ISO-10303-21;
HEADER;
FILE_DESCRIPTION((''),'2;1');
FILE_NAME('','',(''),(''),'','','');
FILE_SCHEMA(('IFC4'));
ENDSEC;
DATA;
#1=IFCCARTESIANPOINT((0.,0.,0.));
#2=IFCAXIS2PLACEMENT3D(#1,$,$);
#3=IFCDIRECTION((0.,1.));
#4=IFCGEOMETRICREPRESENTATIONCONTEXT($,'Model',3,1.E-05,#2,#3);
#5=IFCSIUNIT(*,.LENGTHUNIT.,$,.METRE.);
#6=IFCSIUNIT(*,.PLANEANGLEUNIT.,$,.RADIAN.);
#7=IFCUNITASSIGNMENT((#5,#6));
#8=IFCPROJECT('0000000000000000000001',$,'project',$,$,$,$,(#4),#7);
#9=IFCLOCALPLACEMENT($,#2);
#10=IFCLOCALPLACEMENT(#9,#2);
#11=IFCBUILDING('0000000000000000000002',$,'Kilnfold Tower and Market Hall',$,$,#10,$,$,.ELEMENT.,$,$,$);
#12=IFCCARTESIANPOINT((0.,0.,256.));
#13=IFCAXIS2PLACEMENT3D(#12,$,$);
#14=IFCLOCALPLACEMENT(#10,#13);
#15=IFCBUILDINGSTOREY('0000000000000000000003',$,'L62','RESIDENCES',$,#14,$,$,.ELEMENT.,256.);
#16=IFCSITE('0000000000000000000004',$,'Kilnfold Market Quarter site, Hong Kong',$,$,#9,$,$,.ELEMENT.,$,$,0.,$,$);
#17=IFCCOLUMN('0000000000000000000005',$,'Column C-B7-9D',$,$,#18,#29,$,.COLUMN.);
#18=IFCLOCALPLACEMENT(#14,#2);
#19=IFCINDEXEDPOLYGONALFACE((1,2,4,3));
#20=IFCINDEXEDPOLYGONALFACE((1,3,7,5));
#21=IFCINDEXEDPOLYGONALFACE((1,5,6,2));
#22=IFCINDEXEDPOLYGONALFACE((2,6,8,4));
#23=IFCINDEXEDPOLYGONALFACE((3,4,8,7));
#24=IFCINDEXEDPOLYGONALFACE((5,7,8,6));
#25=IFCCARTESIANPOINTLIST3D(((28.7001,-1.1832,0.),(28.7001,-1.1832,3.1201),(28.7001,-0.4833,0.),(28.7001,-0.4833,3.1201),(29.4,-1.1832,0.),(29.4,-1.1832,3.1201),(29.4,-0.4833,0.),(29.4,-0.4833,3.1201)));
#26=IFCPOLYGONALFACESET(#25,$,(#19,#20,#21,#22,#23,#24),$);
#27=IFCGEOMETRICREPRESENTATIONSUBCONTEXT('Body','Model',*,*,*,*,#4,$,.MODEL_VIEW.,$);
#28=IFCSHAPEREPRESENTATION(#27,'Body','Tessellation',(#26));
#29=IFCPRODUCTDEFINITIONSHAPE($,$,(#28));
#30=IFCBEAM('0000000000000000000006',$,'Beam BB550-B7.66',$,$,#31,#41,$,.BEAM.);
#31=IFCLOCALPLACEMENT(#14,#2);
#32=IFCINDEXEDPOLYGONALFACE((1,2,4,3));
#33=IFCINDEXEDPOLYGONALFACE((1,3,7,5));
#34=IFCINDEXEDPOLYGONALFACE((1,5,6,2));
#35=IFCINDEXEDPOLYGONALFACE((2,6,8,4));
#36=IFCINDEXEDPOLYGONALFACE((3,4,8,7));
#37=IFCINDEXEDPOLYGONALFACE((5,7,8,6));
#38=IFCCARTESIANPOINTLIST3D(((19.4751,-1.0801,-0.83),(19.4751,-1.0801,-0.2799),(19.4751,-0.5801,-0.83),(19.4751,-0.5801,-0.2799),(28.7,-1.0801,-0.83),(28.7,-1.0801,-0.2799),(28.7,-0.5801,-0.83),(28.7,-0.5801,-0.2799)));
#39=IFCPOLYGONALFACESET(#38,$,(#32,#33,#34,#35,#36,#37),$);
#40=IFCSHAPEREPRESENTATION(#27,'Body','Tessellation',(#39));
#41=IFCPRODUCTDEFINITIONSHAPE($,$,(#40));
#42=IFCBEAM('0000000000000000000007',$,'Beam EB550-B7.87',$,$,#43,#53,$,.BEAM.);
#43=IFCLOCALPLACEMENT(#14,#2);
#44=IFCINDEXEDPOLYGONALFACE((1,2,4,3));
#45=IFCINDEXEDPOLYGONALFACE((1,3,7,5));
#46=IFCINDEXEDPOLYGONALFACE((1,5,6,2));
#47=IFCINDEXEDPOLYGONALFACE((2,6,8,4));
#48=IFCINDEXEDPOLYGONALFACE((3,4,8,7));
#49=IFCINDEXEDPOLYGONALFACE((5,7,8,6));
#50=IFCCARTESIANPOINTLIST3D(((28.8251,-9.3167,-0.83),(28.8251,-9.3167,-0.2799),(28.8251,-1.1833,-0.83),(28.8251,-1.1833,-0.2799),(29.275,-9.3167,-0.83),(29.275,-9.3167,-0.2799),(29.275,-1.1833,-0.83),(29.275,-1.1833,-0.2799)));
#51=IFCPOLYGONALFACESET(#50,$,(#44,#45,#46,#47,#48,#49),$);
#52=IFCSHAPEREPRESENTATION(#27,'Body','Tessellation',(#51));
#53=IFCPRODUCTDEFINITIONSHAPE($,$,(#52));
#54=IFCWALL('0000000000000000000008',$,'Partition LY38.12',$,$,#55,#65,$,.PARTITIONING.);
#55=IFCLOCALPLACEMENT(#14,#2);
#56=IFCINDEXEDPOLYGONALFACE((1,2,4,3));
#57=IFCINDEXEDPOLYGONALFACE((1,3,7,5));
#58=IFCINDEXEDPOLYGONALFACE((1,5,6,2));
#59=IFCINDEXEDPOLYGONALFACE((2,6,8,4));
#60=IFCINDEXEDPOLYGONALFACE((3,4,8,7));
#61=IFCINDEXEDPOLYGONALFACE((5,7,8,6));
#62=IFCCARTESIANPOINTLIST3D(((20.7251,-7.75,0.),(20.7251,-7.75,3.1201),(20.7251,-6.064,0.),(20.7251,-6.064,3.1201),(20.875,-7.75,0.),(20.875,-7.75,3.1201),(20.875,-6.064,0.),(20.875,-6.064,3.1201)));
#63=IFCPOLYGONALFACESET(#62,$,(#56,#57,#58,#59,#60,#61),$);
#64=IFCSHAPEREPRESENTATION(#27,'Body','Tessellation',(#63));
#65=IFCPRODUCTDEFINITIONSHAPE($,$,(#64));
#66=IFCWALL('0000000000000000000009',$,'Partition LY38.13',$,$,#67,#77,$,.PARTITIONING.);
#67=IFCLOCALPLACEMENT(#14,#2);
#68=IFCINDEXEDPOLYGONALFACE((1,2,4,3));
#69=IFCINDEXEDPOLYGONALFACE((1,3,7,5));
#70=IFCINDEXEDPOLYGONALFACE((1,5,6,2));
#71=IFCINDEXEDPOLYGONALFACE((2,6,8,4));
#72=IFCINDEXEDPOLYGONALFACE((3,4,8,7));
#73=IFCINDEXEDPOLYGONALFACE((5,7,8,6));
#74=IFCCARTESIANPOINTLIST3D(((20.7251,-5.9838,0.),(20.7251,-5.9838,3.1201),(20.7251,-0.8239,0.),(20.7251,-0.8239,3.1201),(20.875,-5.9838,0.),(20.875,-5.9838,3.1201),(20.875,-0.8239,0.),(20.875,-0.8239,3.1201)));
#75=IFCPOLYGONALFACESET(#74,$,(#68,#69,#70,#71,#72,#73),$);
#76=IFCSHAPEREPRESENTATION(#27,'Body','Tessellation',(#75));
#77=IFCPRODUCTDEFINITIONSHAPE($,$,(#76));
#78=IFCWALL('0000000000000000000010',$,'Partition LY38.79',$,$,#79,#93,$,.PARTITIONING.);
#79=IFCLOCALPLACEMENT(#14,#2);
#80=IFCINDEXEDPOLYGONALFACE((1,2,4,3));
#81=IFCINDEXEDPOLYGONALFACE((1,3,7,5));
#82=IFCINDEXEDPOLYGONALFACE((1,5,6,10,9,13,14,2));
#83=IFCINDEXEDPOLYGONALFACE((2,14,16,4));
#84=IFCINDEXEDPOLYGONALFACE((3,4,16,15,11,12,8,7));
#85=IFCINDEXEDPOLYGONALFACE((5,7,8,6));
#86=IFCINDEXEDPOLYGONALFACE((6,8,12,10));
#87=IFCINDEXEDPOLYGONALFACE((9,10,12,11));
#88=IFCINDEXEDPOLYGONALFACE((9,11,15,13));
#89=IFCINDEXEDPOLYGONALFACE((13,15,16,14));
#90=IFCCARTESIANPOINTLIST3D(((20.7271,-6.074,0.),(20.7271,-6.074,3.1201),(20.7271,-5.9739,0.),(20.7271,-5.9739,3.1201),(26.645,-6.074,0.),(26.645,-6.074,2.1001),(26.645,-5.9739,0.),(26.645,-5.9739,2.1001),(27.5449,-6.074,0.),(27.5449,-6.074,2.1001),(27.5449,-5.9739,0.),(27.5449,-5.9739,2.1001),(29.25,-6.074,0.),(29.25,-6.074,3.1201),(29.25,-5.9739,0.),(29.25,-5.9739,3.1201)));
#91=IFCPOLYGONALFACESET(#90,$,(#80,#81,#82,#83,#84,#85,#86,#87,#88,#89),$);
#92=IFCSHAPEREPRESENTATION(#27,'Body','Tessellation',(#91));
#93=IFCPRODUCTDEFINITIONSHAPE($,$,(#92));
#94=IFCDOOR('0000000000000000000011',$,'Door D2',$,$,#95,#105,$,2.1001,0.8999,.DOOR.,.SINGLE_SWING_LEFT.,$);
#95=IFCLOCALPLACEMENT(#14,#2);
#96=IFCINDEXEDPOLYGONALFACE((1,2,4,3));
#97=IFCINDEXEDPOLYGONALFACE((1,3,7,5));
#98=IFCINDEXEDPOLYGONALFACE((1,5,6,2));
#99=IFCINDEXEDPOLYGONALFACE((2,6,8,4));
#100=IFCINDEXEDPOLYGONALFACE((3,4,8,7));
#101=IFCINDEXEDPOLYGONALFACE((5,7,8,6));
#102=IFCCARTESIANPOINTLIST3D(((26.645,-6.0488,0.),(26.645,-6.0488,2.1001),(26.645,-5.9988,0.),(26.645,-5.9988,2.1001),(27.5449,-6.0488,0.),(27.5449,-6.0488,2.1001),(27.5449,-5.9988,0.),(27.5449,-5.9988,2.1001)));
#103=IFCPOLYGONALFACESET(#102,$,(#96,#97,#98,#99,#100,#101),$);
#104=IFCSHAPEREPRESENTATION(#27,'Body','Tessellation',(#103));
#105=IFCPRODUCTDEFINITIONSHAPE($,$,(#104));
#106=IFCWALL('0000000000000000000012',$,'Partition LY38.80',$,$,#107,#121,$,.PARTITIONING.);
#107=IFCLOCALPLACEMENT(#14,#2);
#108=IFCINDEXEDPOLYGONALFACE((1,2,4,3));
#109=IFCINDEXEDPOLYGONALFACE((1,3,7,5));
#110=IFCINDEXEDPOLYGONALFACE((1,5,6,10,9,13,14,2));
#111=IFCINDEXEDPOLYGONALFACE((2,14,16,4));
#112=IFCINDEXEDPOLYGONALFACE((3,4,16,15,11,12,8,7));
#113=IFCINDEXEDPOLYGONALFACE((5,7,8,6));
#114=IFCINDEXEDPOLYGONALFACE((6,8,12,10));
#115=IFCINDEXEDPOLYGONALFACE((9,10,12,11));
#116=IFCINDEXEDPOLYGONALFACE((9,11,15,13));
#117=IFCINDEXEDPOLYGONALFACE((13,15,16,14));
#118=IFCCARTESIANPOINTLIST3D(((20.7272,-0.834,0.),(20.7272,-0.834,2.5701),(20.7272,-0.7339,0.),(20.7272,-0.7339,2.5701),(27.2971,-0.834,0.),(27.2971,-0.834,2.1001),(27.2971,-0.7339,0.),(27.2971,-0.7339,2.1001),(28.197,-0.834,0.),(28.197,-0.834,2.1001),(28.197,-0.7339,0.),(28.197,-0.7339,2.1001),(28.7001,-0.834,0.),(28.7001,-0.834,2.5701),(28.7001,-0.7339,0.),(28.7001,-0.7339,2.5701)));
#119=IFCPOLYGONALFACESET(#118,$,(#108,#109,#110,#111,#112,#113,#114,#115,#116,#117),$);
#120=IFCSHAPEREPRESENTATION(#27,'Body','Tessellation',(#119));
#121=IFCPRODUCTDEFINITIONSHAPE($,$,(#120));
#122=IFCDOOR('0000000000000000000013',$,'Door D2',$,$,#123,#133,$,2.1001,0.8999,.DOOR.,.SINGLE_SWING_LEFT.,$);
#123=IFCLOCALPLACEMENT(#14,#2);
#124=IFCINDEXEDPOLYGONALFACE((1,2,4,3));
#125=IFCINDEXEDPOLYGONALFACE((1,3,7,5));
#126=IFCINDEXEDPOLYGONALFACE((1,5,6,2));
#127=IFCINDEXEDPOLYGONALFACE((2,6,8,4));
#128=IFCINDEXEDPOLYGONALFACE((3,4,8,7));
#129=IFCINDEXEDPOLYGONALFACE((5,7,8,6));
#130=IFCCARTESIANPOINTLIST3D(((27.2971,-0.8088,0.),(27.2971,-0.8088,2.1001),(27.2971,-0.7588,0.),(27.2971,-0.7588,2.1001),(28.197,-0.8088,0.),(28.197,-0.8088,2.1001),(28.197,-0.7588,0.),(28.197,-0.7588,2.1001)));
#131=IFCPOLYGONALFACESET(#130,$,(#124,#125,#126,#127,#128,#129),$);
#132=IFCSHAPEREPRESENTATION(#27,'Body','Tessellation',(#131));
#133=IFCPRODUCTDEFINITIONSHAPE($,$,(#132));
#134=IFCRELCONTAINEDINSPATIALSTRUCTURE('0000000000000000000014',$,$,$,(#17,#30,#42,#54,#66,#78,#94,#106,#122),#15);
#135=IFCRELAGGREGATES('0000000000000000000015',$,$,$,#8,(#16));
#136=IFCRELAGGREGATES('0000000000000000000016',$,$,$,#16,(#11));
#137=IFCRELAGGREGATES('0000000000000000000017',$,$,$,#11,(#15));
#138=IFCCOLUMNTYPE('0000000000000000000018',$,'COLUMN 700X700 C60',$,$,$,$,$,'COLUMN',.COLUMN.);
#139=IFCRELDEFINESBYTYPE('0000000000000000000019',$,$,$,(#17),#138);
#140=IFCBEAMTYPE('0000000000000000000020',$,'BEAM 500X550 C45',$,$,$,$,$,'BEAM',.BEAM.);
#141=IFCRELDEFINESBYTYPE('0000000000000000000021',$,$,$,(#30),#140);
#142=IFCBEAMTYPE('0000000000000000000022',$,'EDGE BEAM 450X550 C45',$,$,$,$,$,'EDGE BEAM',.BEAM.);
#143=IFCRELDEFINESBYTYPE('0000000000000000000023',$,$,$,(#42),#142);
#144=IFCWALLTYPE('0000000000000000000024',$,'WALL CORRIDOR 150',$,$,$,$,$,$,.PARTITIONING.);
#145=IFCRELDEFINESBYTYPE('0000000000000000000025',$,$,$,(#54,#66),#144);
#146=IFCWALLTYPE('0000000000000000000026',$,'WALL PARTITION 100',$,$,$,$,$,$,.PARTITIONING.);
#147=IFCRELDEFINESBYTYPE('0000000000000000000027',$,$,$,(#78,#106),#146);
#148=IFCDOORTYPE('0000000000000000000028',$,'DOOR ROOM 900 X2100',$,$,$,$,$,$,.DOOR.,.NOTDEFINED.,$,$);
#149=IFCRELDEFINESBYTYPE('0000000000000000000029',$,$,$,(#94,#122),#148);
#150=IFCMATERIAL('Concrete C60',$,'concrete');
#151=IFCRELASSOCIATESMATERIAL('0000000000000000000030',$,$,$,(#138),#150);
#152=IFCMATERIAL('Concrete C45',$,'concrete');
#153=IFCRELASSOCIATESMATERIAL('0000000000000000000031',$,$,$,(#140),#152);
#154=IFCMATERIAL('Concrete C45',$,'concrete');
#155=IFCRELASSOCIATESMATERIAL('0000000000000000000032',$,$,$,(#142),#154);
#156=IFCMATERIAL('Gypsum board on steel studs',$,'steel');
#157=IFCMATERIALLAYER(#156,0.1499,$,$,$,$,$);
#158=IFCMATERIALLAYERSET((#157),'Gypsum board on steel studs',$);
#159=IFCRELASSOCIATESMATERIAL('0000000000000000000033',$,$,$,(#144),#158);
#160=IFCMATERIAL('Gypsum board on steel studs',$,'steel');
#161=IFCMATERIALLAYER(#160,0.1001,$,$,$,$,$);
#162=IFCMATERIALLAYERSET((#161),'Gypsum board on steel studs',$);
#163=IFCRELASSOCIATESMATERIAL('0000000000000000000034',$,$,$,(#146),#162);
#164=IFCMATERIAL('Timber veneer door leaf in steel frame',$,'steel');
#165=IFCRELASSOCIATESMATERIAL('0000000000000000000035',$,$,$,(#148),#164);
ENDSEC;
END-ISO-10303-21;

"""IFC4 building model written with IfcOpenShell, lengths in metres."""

from ifc_helpers import new_model, si_unit, direction, frame, frame_2d, origin, origin_2d, place, context, subcontext, project, spatial, rectangle, extrude, source, transform, mapped, material, layer, layer_set, material_profile, profile_set, type_object, element, fill, save


model = new_model("IFC4")

# Units and contexts
model_context = context("Model", 3, precision=1e-05, world=origin(), true_north=direction((0.0, 1.0)))
body_context = subcontext(model_context, "Body", "Model", "MODEL_VIEW")
ifc_project = project(units=[si_unit("LENGTHUNIT", "METRE"), si_unit("PLANEANGLEUNIT", "RADIAN")], contexts=[model_context])

# Site, building, storey
site_placement = place(None, origin())
site = spatial("IfcSite", under=ifc_project, at=site_placement, Name="Kilnfold Market Quarter site, Hong Kong", CompositionType="ELEMENT", RefElevation=0.0)
building_placement = place(site_placement, origin())
building = spatial("IfcBuilding", under=site, at=building_placement, Name="Kilnfold Tower and Market Hall", CompositionType="ELEMENT")
storey_placement = place(building_placement, frame((0.0, 0.0, 256.0)))
storey = spatial("IfcBuildingStorey", under=building, at=storey_placement, Name="L62", Description="RESIDENCES", CompositionType="ELEMENT", Elevation=256.0)

# Column
ifc_material_1 = material(Name="Concrete C60", Category="concrete")
ifc_material_profile_1 = material_profile(ifc_material_1, rectangle(XDim=0.7, YDim=0.7, at=origin_2d()), Name="RC 700x700")
ifc_profile_set_1 = profile_set([ifc_material_profile_1], Name="Concrete C60")
column_type = type_object("IfcColumnType", Name="COLUMN 700X700 C60", ElementType="COLUMN", PredefinedType="COLUMN", material=ifc_profile_set_1)
shared_shape_1 = source(origin(), body_context, "Body", "SweptSolid", [
    extrude(rectangle(XDim=0.7, YDim=0.7, at=origin_2d()), origin(), (0.0, 0.0, 1.0), 3.1201),
])
column_placement = place(storey_placement, frame((29.05, -0.8333, 0.0), z_axis=(0.0, 0.0, 1.0), x_axis=(1.0, 0.0, 0.0)))
element("IfcColumn", 1, at=column_placement, inside=storey, type_object=column_type, Name="Column C-B7-9D", PredefinedType="COLUMN", context=body_context, shape_type="MappedRepresentation", body=[
    mapped(shared_shape_1, transform((0.0, 0.0, 0.0))),
])

# Beams
ifc_material_2 = material(Name="Concrete C45", Category="concrete")
ifc_material_profile_2 = material_profile(ifc_material_2, rectangle(XDim=0.5, YDim=0.55, at=origin_2d()), Name="RC 500x550")
ifc_profile_set_2 = profile_set([ifc_material_profile_2], Name="Concrete C45")
beam_type_1 = type_object("IfcBeamType", Name="BEAM 500X550 C45", ElementType="BEAM", PredefinedType="BEAM", material=ifc_profile_set_2)
shared_shape_2 = source(origin(), body_context, "Body", "SweptSolid", [
    extrude(rectangle(XDim=0.5, YDim=0.55, at=origin_2d()), origin(), (0.0, 0.0, 1.0), 9.2249),
])
beam_1_placement = place(storey_placement, frame((19.4751, -0.8301, -0.5549), z_axis=(1.0, 0.0, 0.0), x_axis=(0.0, 1.0, 0.0)))
element("IfcBeam", 2, at=beam_1_placement, inside=storey, type_object=beam_type_1, Name="Beam BB550-B7.66", PredefinedType="BEAM", context=body_context, shape_type="MappedRepresentation", body=[
    mapped(shared_shape_2, transform((0.0, 0.0, 0.0))),
])
ifc_material_3 = material(Name="Concrete C45", Category="concrete")
ifc_material_profile_3 = material_profile(ifc_material_3, rectangle(XDim=0.45, YDim=0.55, at=origin_2d()), Name="RC 450x550")
ifc_profile_set_3 = profile_set([ifc_material_profile_3], Name="Concrete C45")
beam_type_2 = type_object("IfcBeamType", Name="EDGE BEAM 450X550 C45", ElementType="EDGE BEAM", PredefinedType="BEAM", material=ifc_profile_set_3)
shared_shape_3 = source(origin(), body_context, "Body", "SweptSolid", [
    extrude(rectangle(XDim=0.45, YDim=0.55, at=origin_2d()), origin(), (0.0, 0.0, 1.0), 8.1333),
])
beam_2_placement = place(storey_placement, frame((29.05, -9.3167, -0.5549), z_axis=(0.0, 1.0, 0.0), x_axis=(-1.0, 0.0, 0.0)))
element("IfcBeam", 3, at=beam_2_placement, inside=storey, type_object=beam_type_2, Name="Beam EB550-B7.87", PredefinedType="BEAM", context=body_context, shape_type="MappedRepresentation", body=[
    mapped(shared_shape_3, transform((0.0, 0.0, 0.0))),
])

# Walls
ifc_material_4 = material(Name="Gypsum board on steel studs", Category="steel")
ifc_layer_1 = layer(ifc_material_4, 0.1499)
ifc_layer_set_1 = layer_set([ifc_layer_1], Name="Gypsum board on steel studs")
wall_type_1 = type_object("IfcWallType", Name="WALL CORRIDOR 150", PredefinedType="PARTITIONING", material=ifc_layer_set_1)
wall_1_placement = place(storey_placement, frame((20.8, -7.75, 0.0), z_axis=(0.0, 0.0, 1.0), x_axis=(0.0, 1.0, 0.0)))
element("IfcWall", 4, at=wall_1_placement, inside=storey, type_object=wall_type_1, Name="Partition LY38.12", PredefinedType="PARTITIONING", context=body_context, shape_type="SweptSolid", body=[
    extrude(rectangle(XDim=1.686, YDim=0.1499, at=frame_2d((0.843, 0.0))), origin(), (0.0, 0.0, 1.0), 3.1201),
])
wall_2_placement = place(storey_placement, frame((20.8, -5.9839, 0.0), z_axis=(0.0, 0.0, 1.0), x_axis=(0.0, 1.0, 0.0)))
element("IfcWall", 5, at=wall_2_placement, inside=storey, type_object=wall_type_1, Name="Partition LY38.13", PredefinedType="PARTITIONING", context=body_context, shape_type="SweptSolid", body=[
    extrude(rectangle(XDim=5.1599, YDim=0.1499, at=frame_2d((2.5801, 0.0))), origin(), (0.0, 0.0, 1.0), 3.1201),
])

# Walls, openings, doors
ifc_material_5 = material(Name="Gypsum board on steel studs", Category="steel")
ifc_layer_2 = layer(ifc_material_5, 0.1001)
ifc_layer_set_2 = layer_set([ifc_layer_2], Name="Gypsum board on steel studs")
wall_type_2 = type_object("IfcWallType", Name="WALL PARTITION 100", PredefinedType="PARTITIONING", material=ifc_layer_set_2)
wall_3_placement = place(storey_placement, frame((29.25, -6.0239, 0.0), z_axis=(0.0, 0.0, 1.0), x_axis=(-1.0, 0.0, 0.0)))
wall_3 = element("IfcWall", 6, at=wall_3_placement, inside=storey, type_object=wall_type_2, Name="Partition LY38.79", PredefinedType="PARTITIONING", context=body_context, shape_type="SweptSolid", body=[
    extrude(rectangle(XDim=8.5229, YDim=0.1001, at=frame_2d((4.2615, 0.0))), origin(), (0.0, 0.0, 1.0), 3.1201),
])
opening_1_placement = place(wall_3_placement, frame((1.7051, 0.0, 0.0)))
opening_1 = element("IfcOpeningElement", 7, at=opening_1_placement, cuts=wall_3, PredefinedType="OPENING", context=body_context, shape_type="SweptSolid", body=[
    extrude(rectangle(XDim=0.8999, YDim=2.1001, at=frame_2d((0.45, 1.05))), frame((0.0, 0.0601, 0.0), z_axis=(0.0, -1.0, 0.0), x_axis=(1.0, 0.0, 0.0)), (0.0, 0.0, 1.0), 0.1201),
])
ifc_material_6 = material(Name="Timber veneer door leaf in steel frame", Category="steel")
door_type_1 = type_object("IfcDoorType", Name="DOOR ROOM 900 X2100", OperationType="NOTDEFINED", PredefinedType="DOOR", material=ifc_material_6)
door_1_placement = place(opening_1_placement, origin())
door_1 = element("IfcDoor", 8, at=door_1_placement, inside=storey, type_object=door_type_1, Name="Door D2", OperationType="SINGLE_SWING_LEFT", OverallHeight=2.1001, OverallWidth=0.8999, PredefinedType="DOOR", context=body_context, shape_type="SweptSolid", body=[
    extrude(rectangle(XDim=0.8999, YDim=2.1001, at=frame_2d((0.45, 1.05))), frame((0.0, 0.0249, 0.0), z_axis=(0.0, -1.0, 0.0), x_axis=(1.0, 0.0, 0.0)), (0.0, 0.0, 1.0), 0.05),
])
fill(opening_1, door_1)
wall_4_placement = place(storey_placement, frame((28.7, -0.7839, 0.0), z_axis=(0.0, 0.0, 1.0), x_axis=(-1.0, 0.0, 0.0)))
wall_4 = element("IfcWall", 9, at=wall_4_placement, inside=storey, type_object=wall_type_2, Name="Partition LY38.80", PredefinedType="PARTITIONING", context=body_context, shape_type="SweptSolid", body=[
    extrude(rectangle(XDim=7.9729, YDim=0.1001, at=frame_2d((3.9863, 0.0))), origin(), (0.0, 0.0, 1.0), 2.5701),
])
opening_2_placement = place(wall_4_placement, frame((0.5029, 0.0, 0.0)))
opening_2 = element("IfcOpeningElement", 10, at=opening_2_placement, cuts=wall_4, PredefinedType="OPENING", context=body_context, shape_type="SweptSolid", body=[
    extrude(rectangle(XDim=0.8999, YDim=2.1001, at=frame_2d((0.45, 1.05))), frame((0.0, 0.0601, 0.0), z_axis=(0.0, -1.0, 0.0), x_axis=(1.0, 0.0, 0.0)), (0.0, 0.0, 1.0), 0.1201),
])
door_2_placement = place(opening_2_placement, origin())
door_2 = element("IfcDoor", 11, at=door_2_placement, inside=storey, type_object=door_type_1, Name="Door D2", OperationType="SINGLE_SWING_LEFT", OverallHeight=2.1001, OverallWidth=0.8999, PredefinedType="DOOR", context=body_context, shape_type="SweptSolid", body=[
    extrude(rectangle(XDim=0.8999, YDim=2.1001, at=frame_2d((0.45, 1.05))), frame((0.0, 0.0249, 0.0), z_axis=(0.0, -1.0, 0.0), x_axis=(1.0, 0.0, 0.0)), (0.0, 0.0, 1.0), 0.05),
])
fill(opening_2, door_2)

save(model, "model.ifc")
